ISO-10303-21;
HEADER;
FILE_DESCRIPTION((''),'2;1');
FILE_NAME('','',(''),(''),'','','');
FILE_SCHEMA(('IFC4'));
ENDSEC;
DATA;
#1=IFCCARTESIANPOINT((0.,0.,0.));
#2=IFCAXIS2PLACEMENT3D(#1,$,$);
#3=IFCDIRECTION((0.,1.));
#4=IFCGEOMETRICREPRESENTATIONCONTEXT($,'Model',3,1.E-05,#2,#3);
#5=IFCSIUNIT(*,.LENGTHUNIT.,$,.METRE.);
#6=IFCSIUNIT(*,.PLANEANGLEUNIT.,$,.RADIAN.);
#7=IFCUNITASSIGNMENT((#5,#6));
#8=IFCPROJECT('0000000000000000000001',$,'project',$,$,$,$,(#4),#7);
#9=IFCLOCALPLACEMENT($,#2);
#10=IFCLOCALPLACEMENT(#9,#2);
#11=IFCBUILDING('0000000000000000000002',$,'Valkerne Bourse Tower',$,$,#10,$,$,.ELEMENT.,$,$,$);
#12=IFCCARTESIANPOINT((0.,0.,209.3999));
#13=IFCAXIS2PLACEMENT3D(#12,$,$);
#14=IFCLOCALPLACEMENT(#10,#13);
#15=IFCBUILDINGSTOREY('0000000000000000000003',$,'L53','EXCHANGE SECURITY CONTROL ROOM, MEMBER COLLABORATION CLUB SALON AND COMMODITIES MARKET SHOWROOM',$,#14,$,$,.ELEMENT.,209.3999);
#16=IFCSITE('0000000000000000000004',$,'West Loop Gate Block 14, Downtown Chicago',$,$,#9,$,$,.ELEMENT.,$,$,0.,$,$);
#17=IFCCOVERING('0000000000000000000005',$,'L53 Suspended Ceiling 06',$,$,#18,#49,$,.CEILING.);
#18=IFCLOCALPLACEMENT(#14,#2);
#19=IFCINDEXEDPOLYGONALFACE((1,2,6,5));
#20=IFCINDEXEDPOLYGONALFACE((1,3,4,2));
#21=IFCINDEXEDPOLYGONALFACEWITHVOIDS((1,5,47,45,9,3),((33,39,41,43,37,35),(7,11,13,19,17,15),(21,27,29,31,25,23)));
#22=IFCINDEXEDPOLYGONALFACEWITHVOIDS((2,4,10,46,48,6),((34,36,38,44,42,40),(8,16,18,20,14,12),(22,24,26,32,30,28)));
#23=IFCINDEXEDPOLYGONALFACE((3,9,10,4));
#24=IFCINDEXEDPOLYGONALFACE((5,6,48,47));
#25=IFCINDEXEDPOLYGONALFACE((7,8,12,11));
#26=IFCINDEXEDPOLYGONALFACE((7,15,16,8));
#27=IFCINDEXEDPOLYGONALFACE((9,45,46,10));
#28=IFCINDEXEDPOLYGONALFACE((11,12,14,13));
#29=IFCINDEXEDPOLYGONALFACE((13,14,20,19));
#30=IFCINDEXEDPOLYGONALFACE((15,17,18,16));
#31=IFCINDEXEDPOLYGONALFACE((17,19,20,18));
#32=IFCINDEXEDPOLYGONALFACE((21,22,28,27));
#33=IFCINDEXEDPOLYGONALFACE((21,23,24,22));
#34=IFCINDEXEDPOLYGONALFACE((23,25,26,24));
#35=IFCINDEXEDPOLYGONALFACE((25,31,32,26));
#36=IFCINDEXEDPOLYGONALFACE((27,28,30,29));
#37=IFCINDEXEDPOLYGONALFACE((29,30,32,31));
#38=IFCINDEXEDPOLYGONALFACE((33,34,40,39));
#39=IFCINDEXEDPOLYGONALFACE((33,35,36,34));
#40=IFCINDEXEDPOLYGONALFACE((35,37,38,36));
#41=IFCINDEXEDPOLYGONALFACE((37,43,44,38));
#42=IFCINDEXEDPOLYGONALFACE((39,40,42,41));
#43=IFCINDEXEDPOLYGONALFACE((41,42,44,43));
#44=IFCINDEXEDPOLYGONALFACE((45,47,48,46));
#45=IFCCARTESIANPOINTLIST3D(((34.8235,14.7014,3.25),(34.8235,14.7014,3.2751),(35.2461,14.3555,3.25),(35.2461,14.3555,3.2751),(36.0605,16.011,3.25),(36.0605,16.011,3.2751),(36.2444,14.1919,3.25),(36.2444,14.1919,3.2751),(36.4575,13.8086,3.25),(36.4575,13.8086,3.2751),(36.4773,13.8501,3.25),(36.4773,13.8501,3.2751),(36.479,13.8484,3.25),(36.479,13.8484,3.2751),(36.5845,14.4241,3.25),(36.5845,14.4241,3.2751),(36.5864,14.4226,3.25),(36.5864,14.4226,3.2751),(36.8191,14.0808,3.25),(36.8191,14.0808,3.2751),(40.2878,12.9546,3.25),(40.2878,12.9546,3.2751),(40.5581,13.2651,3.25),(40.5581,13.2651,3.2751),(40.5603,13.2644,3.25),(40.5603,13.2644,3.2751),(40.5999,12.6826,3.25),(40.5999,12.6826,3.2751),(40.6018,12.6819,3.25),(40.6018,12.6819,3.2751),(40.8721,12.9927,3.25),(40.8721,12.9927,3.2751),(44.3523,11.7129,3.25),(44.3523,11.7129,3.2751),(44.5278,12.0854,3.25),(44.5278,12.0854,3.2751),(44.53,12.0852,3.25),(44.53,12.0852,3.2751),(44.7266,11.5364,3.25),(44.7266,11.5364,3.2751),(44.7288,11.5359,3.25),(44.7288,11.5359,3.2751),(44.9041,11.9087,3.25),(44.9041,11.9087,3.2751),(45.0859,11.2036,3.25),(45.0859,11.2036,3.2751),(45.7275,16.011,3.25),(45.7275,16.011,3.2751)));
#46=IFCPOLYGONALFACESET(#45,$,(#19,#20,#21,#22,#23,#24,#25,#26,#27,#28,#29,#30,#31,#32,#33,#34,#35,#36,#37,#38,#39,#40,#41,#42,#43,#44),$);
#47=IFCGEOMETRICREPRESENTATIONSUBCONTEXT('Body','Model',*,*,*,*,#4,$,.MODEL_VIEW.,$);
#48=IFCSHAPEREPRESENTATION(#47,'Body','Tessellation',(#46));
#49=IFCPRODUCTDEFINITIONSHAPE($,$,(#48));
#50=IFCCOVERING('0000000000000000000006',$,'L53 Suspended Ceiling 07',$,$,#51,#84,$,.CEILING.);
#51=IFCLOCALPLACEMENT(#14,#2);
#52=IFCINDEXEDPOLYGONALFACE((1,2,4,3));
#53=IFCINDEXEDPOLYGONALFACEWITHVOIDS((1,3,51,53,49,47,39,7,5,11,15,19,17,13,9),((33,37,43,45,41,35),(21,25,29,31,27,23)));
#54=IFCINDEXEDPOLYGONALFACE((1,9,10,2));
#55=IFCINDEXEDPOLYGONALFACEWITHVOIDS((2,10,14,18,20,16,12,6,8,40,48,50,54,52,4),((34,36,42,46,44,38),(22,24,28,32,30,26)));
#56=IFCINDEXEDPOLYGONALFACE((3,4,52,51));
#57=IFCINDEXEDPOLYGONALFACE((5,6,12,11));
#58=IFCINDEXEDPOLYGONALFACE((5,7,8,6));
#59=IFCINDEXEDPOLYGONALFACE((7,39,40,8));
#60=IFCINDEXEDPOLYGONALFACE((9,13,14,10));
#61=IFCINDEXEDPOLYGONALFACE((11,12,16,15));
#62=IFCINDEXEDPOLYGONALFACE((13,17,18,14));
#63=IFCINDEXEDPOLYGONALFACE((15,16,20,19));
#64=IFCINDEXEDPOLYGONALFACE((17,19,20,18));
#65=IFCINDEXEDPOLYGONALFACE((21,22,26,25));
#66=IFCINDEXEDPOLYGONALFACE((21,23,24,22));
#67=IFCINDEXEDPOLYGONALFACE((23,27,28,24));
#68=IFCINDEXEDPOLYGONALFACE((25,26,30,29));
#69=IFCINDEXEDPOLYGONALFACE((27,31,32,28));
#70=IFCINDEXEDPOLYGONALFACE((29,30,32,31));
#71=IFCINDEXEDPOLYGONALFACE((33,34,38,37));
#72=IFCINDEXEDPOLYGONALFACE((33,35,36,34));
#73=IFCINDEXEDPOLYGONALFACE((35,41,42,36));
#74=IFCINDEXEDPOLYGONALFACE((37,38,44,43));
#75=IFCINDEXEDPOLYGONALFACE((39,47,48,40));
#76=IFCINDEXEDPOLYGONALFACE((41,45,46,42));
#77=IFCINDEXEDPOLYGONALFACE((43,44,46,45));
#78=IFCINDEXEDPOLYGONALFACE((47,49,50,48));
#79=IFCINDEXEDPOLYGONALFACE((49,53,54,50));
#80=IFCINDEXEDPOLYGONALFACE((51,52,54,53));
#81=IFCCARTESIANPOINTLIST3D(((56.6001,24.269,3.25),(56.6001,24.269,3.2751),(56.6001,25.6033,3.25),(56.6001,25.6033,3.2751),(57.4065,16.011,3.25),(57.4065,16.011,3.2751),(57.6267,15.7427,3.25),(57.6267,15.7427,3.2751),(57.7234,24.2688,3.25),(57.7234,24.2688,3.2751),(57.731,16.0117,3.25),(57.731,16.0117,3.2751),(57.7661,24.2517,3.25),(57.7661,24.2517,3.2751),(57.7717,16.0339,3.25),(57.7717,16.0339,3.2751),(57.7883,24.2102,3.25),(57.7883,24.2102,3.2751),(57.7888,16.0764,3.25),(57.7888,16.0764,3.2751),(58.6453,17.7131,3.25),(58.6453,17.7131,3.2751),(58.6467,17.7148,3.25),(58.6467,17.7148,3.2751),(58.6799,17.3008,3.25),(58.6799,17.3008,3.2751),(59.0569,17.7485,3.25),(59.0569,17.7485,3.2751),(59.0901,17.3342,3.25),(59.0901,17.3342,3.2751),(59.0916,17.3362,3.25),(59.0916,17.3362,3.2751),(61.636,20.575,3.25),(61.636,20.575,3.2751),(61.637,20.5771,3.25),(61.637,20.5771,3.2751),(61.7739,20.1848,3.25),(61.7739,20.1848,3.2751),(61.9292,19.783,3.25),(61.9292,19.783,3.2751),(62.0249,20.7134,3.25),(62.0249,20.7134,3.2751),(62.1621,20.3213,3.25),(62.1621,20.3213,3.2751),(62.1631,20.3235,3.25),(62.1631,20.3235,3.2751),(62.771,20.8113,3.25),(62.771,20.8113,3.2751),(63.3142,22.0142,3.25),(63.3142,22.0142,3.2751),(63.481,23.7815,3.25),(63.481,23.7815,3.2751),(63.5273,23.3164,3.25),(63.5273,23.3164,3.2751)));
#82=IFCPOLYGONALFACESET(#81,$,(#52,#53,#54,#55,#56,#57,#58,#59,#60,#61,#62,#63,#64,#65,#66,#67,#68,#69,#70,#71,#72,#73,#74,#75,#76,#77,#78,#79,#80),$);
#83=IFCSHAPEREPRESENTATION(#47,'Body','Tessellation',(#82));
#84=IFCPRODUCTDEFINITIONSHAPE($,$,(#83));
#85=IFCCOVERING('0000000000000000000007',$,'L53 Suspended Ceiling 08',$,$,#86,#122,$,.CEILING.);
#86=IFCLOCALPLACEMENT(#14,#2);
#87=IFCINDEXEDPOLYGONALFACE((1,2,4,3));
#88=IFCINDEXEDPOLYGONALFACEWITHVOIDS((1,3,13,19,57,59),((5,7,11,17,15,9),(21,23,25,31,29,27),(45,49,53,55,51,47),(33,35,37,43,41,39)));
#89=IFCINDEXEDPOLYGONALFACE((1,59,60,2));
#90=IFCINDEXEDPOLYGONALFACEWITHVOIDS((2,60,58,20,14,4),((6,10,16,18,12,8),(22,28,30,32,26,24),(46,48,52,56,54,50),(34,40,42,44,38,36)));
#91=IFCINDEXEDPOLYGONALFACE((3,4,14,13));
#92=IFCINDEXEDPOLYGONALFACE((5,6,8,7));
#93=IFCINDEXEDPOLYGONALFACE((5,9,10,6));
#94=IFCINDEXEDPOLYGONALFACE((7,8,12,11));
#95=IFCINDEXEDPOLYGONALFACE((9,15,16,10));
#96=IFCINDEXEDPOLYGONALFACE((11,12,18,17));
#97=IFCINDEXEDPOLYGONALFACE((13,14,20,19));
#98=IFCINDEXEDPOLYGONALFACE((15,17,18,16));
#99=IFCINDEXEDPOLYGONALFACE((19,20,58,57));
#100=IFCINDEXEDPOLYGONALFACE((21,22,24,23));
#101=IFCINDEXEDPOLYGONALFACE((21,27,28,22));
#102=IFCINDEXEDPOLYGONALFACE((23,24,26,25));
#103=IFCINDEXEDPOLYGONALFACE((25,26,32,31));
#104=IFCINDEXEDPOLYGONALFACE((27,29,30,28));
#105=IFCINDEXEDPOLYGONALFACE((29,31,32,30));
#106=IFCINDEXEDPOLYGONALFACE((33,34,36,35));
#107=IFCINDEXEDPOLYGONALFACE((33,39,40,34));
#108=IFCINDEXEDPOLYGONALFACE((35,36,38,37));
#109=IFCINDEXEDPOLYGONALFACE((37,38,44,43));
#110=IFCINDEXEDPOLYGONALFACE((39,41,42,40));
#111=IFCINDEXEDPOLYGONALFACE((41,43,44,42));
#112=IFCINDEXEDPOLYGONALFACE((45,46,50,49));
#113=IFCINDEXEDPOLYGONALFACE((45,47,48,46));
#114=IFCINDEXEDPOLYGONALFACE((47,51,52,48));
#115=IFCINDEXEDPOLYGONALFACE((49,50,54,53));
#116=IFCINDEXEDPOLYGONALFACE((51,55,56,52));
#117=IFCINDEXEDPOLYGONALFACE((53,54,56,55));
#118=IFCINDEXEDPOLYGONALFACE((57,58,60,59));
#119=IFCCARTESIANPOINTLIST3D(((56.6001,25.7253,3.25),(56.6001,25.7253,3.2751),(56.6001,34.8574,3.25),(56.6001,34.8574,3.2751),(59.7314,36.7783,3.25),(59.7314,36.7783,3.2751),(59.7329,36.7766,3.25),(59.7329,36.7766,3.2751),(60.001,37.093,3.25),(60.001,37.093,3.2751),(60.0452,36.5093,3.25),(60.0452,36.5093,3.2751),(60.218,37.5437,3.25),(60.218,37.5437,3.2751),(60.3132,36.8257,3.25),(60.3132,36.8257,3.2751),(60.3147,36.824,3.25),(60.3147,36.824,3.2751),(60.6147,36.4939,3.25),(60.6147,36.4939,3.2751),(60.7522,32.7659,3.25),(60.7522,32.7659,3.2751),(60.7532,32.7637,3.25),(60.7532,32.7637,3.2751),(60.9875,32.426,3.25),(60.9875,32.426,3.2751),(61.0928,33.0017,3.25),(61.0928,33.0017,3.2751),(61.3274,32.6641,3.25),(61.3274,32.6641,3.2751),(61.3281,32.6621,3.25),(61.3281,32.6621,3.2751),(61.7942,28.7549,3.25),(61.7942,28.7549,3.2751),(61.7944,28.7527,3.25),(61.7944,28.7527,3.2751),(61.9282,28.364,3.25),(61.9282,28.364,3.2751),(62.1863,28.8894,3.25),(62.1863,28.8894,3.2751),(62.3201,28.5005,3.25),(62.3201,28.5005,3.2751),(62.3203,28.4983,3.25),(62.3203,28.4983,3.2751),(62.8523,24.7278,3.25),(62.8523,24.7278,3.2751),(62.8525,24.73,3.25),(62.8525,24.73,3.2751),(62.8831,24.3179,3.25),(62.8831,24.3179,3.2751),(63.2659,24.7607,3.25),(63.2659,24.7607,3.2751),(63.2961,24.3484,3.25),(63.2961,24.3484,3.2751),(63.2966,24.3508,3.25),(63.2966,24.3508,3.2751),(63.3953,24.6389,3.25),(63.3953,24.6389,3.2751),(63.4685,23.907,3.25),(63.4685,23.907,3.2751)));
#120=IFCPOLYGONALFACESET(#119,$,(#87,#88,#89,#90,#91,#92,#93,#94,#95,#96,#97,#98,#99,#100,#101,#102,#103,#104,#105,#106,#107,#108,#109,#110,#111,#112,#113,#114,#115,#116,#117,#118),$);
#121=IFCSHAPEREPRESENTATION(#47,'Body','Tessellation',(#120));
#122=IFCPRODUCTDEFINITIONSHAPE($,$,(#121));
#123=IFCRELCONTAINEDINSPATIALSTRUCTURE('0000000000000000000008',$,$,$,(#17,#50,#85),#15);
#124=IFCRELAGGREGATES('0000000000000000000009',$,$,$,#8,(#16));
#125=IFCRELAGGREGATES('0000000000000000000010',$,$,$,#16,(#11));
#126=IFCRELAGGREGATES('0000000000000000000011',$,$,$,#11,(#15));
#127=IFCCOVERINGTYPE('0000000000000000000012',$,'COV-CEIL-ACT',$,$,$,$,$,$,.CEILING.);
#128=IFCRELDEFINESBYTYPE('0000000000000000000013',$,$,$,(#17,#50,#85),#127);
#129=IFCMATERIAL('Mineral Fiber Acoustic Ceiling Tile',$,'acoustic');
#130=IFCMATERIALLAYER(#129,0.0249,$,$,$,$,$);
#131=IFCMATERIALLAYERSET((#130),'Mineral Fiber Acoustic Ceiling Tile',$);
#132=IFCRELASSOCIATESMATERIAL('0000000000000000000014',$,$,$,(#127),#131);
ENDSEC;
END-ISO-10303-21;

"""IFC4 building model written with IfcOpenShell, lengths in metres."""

from ifc_helpers import new_model, si_unit, direction, frame, origin, place, context, subcontext, project, spatial, polyline, outline, extrude, material, layer, layer_set, type_object, element, save


model = new_model("IFC4")

# Units and contexts
model_context = context("Model", 3, precision=1e-05, world=origin(), true_north=direction((0.0, 1.0)))
body_context = subcontext(model_context, "Body", "Model", "MODEL_VIEW")
ifc_project = project(units=[si_unit("LENGTHUNIT", "METRE"), si_unit("PLANEANGLEUNIT", "RADIAN")], contexts=[model_context])

# Site, building, storey
site_placement = place(None, origin())
site = spatial("IfcSite", under=ifc_project, at=site_placement, Name="West Loop Gate Block 14, Downtown Chicago", CompositionType="ELEMENT", RefElevation=0.0)
building_placement = place(site_placement, origin())
building = spatial("IfcBuilding", under=site, at=building_placement, Name="Valkerne Bourse Tower", CompositionType="ELEMENT")
storey_placement = place(building_placement, frame((0.0, 0.0, 209.3999)))
storey = spatial("IfcBuildingStorey", under=building, at=storey_placement, Name="L53", Description="EXCHANGE SECURITY CONTROL ROOM, MEMBER COLLABORATION CLUB SALON AND COMMODITIES MARKET SHOWROOM", CompositionType="ELEMENT", Elevation=209.3999)

# Coverings
ifc_material_1 = material(Name="Mineral Fiber Acoustic Ceiling Tile", Category="acoustic")
ifc_layer_1 = layer(ifc_material_1, 0.0249)
ifc_layer_set_1 = layer_set([ifc_layer_1], Name="Mineral Fiber Acoustic Ceiling Tile")
covering_type_1 = type_object("IfcCoveringType", Name="COV-CEIL-ACT", PredefinedType="CEILING", material=ifc_layer_set_1)
covering_1_placement = place(storey_placement, frame((0.0, 0.0, 3.25)))
element("IfcCovering", 1, at=covering_1_placement, inside=storey, type_object=covering_type_1, Name="L53 Suspended Ceiling 06", PredefinedType="CEILING", context=body_context, shape_type="SweptSolid", body=[
    extrude(outline(polyline([(34.8235, 14.7014), (36.0605, 16.011), (45.7275, 16.011), (45.0859, 11.2036), (36.4575, 13.8086), (35.2461, 14.3555), (34.8235, 14.7014)]), holes=[polyline([(44.53, 12.0852), (44.5278, 12.0854), (44.3523, 11.7129), (44.7266, 11.5364), (44.7288, 11.5359), (44.9041, 11.9087), (44.53, 12.0852)]), polyline([(40.5603, 13.2644), (40.5581, 13.2651), (40.2878, 12.9546), (40.5999, 12.6826), (40.6018, 12.6819), (40.8721, 12.9927), (40.5603, 13.2644)]), polyline([(36.5864, 14.4226), (36.5845, 14.4241), (36.2444, 14.1919), (36.4773, 13.8501), (36.479, 13.8484), (36.8191, 14.0808), (36.5864, 14.4226)])]), origin(), (0.0, 0.0, 1.0), 0.0251),
])
covering_2_placement = place(storey_placement, frame((0.0, 0.0, 3.25)))
element("IfcCovering", 2, at=covering_2_placement, inside=storey, type_object=covering_type_1, Name="L53 Suspended Ceiling 07", PredefinedType="CEILING", context=body_context, shape_type="SweptSolid", body=[
    extrude(outline(polyline([(62.771, 20.8113), (61.9292, 19.783), (57.6267, 15.7427), (57.4065, 16.011), (57.731, 16.0117), (57.7717, 16.0339), (57.7888, 16.0764), (57.7883, 24.2102), (57.7661, 24.2517), (57.7234, 24.2688), (56.6001, 24.269), (56.6001, 25.6033), (63.481, 23.7815), (63.5273, 23.3164), (63.3142, 22.0142), (62.771, 20.8113)]), holes=[polyline([(59.0916, 17.3362), (59.0569, 17.7485), (58.6467, 17.7148), (58.6453, 17.7131), (58.6799, 17.3008), (59.0901, 17.3342), (59.0916, 17.3362)]), polyline([(62.1631, 20.3235), (62.0249, 20.7134), (61.637, 20.5771), (61.636, 20.575), (61.7739, 20.1848), (62.1621, 20.3213), (62.1631, 20.3235)])]), origin(), (0.0, 0.0, 1.0), 0.0251),
])
covering_3_placement = place(storey_placement, frame((0.0, 0.0, 3.25)))
element("IfcCovering", 3, at=covering_3_placement, inside=storey, type_object=covering_type_1, Name="L53 Suspended Ceiling 08", PredefinedType="CEILING", context=body_context, shape_type="SweptSolid", body=[
    extrude(outline(polyline([(60.218, 37.5437), (60.6147, 36.4939), (63.3953, 24.6389), (63.4685, 23.907), (56.6001, 25.7253), (56.6001, 34.8574), (60.218, 37.5437)]), holes=[polyline([(63.2966, 24.3508), (63.2659, 24.7607), (62.8525, 24.73), (62.8523, 24.7278), (62.8831, 24.3179), (63.2961, 24.3484), (63.2966, 24.3508)]), polyline([(62.3201, 28.5005), (62.1863, 28.8894), (61.7942, 28.7549), (61.7944, 28.7527), (61.9282, 28.364), (62.3203, 28.4983), (62.3201, 28.5005)]), polyline([(61.3274, 32.6641), (61.0928, 33.0017), (60.7522, 32.7659), (60.7532, 32.7637), (60.9875, 32.426), (61.3281, 32.6621), (61.3274, 32.6641)]), polyline([(60.3132, 36.8257), (60.001, 37.093), (59.7314, 36.7783), (59.7329, 36.7766), (60.0452, 36.5093), (60.3147, 36.824), (60.3132, 36.8257)])]), origin(), (0.0, 0.0, 1.0), 0.0251),
])

save(model, "model.ifc")
